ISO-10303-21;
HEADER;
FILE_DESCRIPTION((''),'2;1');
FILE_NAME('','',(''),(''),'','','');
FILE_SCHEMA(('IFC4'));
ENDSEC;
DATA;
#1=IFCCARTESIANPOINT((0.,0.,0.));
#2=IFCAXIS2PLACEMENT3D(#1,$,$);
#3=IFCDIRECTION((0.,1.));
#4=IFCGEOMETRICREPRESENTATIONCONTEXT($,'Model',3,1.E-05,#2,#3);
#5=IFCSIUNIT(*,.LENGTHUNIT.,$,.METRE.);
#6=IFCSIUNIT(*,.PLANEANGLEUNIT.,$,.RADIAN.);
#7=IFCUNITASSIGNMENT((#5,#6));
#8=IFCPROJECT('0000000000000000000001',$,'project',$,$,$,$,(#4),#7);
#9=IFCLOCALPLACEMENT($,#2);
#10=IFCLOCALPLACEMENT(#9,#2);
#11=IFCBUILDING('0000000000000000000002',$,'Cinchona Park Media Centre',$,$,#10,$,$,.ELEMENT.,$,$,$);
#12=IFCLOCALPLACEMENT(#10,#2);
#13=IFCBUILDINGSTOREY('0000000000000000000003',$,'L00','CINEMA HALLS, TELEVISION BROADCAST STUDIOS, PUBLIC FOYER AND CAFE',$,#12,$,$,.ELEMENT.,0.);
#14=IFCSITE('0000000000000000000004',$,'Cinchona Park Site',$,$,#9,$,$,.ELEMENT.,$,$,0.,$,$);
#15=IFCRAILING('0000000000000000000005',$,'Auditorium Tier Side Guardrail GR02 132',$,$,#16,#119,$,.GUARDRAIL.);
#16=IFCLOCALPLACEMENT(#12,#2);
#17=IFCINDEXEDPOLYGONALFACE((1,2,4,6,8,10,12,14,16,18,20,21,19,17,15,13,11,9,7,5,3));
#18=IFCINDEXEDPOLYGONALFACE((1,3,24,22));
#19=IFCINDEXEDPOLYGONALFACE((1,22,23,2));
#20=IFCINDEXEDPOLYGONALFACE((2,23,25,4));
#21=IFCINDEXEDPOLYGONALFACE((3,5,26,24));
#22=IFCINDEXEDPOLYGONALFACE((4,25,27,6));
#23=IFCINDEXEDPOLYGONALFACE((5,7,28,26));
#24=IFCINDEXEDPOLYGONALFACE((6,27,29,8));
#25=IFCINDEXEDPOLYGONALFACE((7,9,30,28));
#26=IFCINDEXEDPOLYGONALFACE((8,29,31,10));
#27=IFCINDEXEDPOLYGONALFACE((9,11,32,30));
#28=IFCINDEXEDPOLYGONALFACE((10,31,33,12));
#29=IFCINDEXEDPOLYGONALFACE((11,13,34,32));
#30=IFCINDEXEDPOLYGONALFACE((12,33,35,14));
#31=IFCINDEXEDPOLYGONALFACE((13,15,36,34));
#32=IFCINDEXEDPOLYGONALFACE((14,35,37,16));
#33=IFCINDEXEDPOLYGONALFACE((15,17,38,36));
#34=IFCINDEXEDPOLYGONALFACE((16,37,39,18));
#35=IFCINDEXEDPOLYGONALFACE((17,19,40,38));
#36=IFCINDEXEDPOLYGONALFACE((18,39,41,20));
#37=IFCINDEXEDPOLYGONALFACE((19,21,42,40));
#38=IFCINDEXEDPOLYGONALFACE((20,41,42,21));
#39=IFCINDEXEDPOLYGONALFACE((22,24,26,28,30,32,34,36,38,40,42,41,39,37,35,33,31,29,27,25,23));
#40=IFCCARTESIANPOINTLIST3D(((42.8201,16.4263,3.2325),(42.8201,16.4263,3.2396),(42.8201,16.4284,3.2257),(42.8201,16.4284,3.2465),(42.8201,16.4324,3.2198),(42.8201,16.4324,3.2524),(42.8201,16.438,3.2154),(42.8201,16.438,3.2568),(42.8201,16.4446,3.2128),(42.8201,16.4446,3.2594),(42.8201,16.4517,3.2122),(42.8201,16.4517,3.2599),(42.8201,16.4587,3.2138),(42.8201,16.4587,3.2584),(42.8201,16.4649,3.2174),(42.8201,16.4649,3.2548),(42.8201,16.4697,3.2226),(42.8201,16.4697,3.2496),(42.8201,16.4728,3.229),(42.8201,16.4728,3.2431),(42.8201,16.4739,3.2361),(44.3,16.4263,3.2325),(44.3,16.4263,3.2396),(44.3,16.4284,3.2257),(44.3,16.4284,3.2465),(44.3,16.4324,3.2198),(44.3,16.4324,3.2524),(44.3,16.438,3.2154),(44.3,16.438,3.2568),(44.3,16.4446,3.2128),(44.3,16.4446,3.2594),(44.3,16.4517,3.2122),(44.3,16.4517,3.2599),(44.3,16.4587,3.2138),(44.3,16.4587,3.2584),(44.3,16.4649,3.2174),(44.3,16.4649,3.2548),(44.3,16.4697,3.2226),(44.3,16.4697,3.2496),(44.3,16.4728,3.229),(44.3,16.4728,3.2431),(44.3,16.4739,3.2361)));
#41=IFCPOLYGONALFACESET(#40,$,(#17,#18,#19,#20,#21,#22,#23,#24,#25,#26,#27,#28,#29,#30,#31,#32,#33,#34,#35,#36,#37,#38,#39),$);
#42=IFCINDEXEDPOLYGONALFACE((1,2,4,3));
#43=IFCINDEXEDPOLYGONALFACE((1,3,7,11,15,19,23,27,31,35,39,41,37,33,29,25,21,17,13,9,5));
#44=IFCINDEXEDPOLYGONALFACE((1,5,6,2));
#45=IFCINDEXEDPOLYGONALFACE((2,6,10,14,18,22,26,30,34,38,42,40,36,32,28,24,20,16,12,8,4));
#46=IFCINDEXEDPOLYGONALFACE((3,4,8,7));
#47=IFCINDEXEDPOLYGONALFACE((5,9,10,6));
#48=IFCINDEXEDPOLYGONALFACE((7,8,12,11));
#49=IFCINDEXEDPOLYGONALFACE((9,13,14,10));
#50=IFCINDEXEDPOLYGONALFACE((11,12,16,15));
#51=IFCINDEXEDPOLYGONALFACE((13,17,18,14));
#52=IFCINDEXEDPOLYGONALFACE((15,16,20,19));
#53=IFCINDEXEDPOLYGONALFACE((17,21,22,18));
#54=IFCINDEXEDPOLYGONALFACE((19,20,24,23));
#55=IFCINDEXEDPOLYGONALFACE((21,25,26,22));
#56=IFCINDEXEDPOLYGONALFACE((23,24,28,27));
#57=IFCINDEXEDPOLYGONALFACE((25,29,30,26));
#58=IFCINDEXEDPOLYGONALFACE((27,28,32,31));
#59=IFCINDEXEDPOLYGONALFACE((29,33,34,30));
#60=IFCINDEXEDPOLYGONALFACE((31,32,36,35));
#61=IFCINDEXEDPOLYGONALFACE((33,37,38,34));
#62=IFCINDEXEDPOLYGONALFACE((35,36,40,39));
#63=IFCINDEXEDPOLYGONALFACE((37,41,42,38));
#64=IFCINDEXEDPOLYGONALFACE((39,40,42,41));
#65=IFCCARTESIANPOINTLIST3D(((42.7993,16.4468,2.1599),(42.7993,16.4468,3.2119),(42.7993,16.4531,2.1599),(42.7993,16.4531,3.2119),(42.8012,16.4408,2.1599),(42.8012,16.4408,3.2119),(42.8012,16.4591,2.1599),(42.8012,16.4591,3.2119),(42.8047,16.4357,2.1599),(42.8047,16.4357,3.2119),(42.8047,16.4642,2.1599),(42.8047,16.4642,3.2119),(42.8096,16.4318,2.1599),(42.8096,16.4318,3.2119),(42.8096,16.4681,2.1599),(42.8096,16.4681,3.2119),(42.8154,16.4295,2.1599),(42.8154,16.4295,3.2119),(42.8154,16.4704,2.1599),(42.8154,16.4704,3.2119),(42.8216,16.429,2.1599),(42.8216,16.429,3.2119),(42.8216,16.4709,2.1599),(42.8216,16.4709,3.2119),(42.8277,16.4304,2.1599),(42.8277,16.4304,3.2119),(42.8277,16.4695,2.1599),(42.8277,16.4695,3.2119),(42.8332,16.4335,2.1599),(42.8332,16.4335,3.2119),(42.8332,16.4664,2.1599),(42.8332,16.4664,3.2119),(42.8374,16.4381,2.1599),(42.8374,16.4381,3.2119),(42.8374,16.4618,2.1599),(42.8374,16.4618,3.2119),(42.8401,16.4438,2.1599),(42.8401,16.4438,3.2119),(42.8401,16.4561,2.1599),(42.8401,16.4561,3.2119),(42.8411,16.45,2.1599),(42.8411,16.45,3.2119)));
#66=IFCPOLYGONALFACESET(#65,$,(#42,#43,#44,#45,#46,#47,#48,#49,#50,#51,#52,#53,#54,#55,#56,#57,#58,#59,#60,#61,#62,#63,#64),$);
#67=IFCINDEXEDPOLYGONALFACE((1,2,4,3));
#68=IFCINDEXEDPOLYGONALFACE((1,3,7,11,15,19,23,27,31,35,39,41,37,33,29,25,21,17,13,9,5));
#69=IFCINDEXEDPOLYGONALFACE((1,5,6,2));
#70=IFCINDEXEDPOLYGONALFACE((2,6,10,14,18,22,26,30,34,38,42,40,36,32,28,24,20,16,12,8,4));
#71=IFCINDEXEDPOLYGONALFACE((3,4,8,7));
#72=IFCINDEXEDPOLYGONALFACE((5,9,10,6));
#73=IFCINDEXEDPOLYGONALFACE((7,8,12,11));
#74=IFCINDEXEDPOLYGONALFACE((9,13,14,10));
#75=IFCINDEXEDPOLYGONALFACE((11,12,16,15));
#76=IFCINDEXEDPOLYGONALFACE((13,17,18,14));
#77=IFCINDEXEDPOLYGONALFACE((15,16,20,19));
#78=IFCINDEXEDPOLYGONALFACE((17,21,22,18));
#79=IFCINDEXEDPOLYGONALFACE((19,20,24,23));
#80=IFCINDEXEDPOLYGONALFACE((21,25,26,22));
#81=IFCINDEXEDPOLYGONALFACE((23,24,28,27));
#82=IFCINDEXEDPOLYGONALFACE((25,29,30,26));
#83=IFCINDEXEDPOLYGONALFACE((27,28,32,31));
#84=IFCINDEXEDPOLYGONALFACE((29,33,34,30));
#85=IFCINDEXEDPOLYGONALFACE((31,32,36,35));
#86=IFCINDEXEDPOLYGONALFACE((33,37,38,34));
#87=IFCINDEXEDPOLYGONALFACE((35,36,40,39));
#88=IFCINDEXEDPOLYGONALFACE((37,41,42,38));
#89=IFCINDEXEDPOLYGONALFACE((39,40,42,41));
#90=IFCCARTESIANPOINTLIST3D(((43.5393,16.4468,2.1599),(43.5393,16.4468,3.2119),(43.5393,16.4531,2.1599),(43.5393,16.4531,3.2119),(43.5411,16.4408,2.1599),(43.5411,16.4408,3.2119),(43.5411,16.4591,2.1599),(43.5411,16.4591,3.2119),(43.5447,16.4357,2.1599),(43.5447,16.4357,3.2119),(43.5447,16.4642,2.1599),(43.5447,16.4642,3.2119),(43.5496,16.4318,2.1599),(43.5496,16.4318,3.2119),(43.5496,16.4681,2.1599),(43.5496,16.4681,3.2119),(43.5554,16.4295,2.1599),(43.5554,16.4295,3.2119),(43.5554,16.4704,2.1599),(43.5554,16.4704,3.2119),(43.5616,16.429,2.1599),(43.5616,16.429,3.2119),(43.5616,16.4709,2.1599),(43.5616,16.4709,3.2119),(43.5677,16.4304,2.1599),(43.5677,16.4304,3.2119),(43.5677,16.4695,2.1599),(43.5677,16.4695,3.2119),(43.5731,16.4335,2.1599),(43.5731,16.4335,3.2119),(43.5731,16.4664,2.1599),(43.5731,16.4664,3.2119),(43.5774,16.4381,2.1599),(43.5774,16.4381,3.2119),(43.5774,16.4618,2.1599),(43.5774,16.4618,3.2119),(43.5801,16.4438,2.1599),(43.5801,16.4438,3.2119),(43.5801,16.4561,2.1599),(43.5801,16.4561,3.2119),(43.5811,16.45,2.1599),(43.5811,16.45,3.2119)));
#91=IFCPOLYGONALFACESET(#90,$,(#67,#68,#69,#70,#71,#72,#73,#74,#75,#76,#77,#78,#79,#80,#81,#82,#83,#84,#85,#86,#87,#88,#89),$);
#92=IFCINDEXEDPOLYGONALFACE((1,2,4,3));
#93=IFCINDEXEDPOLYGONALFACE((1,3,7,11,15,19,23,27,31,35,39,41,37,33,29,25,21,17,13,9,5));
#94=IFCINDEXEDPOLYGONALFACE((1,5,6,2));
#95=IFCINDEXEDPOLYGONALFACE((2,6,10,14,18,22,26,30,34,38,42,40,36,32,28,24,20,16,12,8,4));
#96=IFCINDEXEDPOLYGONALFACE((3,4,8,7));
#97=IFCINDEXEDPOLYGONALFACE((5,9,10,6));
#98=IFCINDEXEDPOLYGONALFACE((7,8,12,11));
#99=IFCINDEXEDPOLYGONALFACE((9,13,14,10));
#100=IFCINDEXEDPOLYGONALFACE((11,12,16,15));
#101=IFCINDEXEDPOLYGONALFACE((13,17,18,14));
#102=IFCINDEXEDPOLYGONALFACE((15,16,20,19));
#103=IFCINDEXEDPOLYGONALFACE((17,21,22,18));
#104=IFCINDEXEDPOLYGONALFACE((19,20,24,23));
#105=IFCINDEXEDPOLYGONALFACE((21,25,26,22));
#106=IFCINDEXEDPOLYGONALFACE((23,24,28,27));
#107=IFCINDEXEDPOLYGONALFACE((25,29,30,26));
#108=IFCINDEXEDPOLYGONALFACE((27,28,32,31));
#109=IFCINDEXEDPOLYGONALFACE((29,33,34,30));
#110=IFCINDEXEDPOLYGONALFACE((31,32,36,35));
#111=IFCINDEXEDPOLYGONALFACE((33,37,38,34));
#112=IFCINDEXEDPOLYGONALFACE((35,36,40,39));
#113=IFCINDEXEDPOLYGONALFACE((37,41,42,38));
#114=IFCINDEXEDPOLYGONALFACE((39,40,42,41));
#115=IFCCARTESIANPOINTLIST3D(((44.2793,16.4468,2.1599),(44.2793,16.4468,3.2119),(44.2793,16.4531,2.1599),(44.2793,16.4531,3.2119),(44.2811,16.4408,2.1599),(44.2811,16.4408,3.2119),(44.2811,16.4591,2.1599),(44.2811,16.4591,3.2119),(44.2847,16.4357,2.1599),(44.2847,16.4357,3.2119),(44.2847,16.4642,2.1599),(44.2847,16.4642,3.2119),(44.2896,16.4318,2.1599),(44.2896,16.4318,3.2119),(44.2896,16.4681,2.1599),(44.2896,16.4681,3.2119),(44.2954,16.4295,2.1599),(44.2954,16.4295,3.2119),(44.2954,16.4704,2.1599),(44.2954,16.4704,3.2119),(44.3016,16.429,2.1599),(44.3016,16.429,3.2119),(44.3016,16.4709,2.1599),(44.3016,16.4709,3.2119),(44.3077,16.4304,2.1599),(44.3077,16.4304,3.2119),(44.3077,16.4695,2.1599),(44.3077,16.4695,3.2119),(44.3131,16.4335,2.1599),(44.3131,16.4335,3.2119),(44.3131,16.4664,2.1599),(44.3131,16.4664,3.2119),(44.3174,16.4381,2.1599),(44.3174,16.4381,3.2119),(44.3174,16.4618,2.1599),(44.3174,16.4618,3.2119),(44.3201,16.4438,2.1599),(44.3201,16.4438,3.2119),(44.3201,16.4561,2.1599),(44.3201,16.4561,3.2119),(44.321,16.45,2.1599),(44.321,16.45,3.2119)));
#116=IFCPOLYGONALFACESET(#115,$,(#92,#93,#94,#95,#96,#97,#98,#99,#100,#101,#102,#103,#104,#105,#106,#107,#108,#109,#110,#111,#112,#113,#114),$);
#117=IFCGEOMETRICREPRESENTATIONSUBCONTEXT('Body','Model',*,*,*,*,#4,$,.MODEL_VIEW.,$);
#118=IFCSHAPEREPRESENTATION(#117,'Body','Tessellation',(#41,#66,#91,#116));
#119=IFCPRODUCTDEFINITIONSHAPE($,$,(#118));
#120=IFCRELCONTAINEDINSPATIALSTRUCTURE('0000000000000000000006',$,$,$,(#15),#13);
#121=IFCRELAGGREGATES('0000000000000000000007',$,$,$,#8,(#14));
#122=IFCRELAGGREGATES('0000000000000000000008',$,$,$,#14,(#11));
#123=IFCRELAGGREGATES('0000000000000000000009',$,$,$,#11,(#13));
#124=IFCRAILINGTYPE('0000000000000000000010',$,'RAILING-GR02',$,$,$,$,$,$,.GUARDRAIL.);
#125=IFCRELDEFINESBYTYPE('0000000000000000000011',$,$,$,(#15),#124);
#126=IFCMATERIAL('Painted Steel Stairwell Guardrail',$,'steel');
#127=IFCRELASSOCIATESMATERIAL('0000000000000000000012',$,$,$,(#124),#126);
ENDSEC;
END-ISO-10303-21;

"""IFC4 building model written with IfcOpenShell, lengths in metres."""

from ifc_helpers import new_model, si_unit, direction, frame, origin, origin_2d, place, context, subcontext, project, spatial, circle, extrude, material, type_object, element, save


model = new_model("IFC4")

# Units and contexts
model_context = context("Model", 3, precision=1e-05, world=origin(), true_north=direction((0.0, 1.0)))
body_context = subcontext(model_context, "Body", "Model", "MODEL_VIEW")
ifc_project = project(units=[si_unit("LENGTHUNIT", "METRE"), si_unit("PLANEANGLEUNIT", "RADIAN")], contexts=[model_context])

# Site, building, storey
site_placement = place(None, origin())
site = spatial("IfcSite", under=ifc_project, at=site_placement, Name="Cinchona Park Site", CompositionType="ELEMENT", RefElevation=0.0)
building_placement = place(site_placement, origin())
building = spatial("IfcBuilding", under=site, at=building_placement, Name="Cinchona Park Media Centre", CompositionType="ELEMENT")
storey_placement = place(building_placement, origin())
storey = spatial("IfcBuildingStorey", under=building, at=storey_placement, Name="L00", Description="CINEMA HALLS, TELEVISION BROADCAST STUDIOS, PUBLIC FOYER AND CAFE", CompositionType="ELEMENT", Elevation=0.0)

# Railing
ifc_material_1 = material(Name="Painted Steel Stairwell Guardrail", Category="steel")
railing_type_1 = type_object("IfcRailingType", Name="RAILING-GR02", PredefinedType="GUARDRAIL", material=ifc_material_1)
railing_1_placement = place(storey_placement, frame((42.8201, 16.45, 2.1599)))
element("IfcRailing", 1, at=railing_1_placement, inside=storey, type_object=railing_type_1, Name="Auditorium Tier Side Guardrail GR02 132", PredefinedType="GUARDRAIL", context=body_context, shape_type="SweptSolid", body=[
    extrude(circle(Radius=0.0239, at=origin_2d()), frame((0.0, 0.0, 1.0762), z_axis=(1.0, 0.0, 0.0), x_axis=(0.0, 1.0, 0.0)), (0.0, 0.0, 1.0), 1.48),
    extrude(circle(Radius=0.021, at=origin_2d()), origin(), (0.0, 0.0, 1.0), 1.052),
    extrude(circle(Radius=0.021, at=origin_2d()), frame((0.74, 0.0, 0.0)), (0.0, 0.0, 1.0), 1.052),
    extrude(circle(Radius=0.021, at=origin_2d()), frame((1.48, 0.0, 0.0)), (0.0, 0.0, 1.0), 1.052),
])

save(model, "model.ifc")
